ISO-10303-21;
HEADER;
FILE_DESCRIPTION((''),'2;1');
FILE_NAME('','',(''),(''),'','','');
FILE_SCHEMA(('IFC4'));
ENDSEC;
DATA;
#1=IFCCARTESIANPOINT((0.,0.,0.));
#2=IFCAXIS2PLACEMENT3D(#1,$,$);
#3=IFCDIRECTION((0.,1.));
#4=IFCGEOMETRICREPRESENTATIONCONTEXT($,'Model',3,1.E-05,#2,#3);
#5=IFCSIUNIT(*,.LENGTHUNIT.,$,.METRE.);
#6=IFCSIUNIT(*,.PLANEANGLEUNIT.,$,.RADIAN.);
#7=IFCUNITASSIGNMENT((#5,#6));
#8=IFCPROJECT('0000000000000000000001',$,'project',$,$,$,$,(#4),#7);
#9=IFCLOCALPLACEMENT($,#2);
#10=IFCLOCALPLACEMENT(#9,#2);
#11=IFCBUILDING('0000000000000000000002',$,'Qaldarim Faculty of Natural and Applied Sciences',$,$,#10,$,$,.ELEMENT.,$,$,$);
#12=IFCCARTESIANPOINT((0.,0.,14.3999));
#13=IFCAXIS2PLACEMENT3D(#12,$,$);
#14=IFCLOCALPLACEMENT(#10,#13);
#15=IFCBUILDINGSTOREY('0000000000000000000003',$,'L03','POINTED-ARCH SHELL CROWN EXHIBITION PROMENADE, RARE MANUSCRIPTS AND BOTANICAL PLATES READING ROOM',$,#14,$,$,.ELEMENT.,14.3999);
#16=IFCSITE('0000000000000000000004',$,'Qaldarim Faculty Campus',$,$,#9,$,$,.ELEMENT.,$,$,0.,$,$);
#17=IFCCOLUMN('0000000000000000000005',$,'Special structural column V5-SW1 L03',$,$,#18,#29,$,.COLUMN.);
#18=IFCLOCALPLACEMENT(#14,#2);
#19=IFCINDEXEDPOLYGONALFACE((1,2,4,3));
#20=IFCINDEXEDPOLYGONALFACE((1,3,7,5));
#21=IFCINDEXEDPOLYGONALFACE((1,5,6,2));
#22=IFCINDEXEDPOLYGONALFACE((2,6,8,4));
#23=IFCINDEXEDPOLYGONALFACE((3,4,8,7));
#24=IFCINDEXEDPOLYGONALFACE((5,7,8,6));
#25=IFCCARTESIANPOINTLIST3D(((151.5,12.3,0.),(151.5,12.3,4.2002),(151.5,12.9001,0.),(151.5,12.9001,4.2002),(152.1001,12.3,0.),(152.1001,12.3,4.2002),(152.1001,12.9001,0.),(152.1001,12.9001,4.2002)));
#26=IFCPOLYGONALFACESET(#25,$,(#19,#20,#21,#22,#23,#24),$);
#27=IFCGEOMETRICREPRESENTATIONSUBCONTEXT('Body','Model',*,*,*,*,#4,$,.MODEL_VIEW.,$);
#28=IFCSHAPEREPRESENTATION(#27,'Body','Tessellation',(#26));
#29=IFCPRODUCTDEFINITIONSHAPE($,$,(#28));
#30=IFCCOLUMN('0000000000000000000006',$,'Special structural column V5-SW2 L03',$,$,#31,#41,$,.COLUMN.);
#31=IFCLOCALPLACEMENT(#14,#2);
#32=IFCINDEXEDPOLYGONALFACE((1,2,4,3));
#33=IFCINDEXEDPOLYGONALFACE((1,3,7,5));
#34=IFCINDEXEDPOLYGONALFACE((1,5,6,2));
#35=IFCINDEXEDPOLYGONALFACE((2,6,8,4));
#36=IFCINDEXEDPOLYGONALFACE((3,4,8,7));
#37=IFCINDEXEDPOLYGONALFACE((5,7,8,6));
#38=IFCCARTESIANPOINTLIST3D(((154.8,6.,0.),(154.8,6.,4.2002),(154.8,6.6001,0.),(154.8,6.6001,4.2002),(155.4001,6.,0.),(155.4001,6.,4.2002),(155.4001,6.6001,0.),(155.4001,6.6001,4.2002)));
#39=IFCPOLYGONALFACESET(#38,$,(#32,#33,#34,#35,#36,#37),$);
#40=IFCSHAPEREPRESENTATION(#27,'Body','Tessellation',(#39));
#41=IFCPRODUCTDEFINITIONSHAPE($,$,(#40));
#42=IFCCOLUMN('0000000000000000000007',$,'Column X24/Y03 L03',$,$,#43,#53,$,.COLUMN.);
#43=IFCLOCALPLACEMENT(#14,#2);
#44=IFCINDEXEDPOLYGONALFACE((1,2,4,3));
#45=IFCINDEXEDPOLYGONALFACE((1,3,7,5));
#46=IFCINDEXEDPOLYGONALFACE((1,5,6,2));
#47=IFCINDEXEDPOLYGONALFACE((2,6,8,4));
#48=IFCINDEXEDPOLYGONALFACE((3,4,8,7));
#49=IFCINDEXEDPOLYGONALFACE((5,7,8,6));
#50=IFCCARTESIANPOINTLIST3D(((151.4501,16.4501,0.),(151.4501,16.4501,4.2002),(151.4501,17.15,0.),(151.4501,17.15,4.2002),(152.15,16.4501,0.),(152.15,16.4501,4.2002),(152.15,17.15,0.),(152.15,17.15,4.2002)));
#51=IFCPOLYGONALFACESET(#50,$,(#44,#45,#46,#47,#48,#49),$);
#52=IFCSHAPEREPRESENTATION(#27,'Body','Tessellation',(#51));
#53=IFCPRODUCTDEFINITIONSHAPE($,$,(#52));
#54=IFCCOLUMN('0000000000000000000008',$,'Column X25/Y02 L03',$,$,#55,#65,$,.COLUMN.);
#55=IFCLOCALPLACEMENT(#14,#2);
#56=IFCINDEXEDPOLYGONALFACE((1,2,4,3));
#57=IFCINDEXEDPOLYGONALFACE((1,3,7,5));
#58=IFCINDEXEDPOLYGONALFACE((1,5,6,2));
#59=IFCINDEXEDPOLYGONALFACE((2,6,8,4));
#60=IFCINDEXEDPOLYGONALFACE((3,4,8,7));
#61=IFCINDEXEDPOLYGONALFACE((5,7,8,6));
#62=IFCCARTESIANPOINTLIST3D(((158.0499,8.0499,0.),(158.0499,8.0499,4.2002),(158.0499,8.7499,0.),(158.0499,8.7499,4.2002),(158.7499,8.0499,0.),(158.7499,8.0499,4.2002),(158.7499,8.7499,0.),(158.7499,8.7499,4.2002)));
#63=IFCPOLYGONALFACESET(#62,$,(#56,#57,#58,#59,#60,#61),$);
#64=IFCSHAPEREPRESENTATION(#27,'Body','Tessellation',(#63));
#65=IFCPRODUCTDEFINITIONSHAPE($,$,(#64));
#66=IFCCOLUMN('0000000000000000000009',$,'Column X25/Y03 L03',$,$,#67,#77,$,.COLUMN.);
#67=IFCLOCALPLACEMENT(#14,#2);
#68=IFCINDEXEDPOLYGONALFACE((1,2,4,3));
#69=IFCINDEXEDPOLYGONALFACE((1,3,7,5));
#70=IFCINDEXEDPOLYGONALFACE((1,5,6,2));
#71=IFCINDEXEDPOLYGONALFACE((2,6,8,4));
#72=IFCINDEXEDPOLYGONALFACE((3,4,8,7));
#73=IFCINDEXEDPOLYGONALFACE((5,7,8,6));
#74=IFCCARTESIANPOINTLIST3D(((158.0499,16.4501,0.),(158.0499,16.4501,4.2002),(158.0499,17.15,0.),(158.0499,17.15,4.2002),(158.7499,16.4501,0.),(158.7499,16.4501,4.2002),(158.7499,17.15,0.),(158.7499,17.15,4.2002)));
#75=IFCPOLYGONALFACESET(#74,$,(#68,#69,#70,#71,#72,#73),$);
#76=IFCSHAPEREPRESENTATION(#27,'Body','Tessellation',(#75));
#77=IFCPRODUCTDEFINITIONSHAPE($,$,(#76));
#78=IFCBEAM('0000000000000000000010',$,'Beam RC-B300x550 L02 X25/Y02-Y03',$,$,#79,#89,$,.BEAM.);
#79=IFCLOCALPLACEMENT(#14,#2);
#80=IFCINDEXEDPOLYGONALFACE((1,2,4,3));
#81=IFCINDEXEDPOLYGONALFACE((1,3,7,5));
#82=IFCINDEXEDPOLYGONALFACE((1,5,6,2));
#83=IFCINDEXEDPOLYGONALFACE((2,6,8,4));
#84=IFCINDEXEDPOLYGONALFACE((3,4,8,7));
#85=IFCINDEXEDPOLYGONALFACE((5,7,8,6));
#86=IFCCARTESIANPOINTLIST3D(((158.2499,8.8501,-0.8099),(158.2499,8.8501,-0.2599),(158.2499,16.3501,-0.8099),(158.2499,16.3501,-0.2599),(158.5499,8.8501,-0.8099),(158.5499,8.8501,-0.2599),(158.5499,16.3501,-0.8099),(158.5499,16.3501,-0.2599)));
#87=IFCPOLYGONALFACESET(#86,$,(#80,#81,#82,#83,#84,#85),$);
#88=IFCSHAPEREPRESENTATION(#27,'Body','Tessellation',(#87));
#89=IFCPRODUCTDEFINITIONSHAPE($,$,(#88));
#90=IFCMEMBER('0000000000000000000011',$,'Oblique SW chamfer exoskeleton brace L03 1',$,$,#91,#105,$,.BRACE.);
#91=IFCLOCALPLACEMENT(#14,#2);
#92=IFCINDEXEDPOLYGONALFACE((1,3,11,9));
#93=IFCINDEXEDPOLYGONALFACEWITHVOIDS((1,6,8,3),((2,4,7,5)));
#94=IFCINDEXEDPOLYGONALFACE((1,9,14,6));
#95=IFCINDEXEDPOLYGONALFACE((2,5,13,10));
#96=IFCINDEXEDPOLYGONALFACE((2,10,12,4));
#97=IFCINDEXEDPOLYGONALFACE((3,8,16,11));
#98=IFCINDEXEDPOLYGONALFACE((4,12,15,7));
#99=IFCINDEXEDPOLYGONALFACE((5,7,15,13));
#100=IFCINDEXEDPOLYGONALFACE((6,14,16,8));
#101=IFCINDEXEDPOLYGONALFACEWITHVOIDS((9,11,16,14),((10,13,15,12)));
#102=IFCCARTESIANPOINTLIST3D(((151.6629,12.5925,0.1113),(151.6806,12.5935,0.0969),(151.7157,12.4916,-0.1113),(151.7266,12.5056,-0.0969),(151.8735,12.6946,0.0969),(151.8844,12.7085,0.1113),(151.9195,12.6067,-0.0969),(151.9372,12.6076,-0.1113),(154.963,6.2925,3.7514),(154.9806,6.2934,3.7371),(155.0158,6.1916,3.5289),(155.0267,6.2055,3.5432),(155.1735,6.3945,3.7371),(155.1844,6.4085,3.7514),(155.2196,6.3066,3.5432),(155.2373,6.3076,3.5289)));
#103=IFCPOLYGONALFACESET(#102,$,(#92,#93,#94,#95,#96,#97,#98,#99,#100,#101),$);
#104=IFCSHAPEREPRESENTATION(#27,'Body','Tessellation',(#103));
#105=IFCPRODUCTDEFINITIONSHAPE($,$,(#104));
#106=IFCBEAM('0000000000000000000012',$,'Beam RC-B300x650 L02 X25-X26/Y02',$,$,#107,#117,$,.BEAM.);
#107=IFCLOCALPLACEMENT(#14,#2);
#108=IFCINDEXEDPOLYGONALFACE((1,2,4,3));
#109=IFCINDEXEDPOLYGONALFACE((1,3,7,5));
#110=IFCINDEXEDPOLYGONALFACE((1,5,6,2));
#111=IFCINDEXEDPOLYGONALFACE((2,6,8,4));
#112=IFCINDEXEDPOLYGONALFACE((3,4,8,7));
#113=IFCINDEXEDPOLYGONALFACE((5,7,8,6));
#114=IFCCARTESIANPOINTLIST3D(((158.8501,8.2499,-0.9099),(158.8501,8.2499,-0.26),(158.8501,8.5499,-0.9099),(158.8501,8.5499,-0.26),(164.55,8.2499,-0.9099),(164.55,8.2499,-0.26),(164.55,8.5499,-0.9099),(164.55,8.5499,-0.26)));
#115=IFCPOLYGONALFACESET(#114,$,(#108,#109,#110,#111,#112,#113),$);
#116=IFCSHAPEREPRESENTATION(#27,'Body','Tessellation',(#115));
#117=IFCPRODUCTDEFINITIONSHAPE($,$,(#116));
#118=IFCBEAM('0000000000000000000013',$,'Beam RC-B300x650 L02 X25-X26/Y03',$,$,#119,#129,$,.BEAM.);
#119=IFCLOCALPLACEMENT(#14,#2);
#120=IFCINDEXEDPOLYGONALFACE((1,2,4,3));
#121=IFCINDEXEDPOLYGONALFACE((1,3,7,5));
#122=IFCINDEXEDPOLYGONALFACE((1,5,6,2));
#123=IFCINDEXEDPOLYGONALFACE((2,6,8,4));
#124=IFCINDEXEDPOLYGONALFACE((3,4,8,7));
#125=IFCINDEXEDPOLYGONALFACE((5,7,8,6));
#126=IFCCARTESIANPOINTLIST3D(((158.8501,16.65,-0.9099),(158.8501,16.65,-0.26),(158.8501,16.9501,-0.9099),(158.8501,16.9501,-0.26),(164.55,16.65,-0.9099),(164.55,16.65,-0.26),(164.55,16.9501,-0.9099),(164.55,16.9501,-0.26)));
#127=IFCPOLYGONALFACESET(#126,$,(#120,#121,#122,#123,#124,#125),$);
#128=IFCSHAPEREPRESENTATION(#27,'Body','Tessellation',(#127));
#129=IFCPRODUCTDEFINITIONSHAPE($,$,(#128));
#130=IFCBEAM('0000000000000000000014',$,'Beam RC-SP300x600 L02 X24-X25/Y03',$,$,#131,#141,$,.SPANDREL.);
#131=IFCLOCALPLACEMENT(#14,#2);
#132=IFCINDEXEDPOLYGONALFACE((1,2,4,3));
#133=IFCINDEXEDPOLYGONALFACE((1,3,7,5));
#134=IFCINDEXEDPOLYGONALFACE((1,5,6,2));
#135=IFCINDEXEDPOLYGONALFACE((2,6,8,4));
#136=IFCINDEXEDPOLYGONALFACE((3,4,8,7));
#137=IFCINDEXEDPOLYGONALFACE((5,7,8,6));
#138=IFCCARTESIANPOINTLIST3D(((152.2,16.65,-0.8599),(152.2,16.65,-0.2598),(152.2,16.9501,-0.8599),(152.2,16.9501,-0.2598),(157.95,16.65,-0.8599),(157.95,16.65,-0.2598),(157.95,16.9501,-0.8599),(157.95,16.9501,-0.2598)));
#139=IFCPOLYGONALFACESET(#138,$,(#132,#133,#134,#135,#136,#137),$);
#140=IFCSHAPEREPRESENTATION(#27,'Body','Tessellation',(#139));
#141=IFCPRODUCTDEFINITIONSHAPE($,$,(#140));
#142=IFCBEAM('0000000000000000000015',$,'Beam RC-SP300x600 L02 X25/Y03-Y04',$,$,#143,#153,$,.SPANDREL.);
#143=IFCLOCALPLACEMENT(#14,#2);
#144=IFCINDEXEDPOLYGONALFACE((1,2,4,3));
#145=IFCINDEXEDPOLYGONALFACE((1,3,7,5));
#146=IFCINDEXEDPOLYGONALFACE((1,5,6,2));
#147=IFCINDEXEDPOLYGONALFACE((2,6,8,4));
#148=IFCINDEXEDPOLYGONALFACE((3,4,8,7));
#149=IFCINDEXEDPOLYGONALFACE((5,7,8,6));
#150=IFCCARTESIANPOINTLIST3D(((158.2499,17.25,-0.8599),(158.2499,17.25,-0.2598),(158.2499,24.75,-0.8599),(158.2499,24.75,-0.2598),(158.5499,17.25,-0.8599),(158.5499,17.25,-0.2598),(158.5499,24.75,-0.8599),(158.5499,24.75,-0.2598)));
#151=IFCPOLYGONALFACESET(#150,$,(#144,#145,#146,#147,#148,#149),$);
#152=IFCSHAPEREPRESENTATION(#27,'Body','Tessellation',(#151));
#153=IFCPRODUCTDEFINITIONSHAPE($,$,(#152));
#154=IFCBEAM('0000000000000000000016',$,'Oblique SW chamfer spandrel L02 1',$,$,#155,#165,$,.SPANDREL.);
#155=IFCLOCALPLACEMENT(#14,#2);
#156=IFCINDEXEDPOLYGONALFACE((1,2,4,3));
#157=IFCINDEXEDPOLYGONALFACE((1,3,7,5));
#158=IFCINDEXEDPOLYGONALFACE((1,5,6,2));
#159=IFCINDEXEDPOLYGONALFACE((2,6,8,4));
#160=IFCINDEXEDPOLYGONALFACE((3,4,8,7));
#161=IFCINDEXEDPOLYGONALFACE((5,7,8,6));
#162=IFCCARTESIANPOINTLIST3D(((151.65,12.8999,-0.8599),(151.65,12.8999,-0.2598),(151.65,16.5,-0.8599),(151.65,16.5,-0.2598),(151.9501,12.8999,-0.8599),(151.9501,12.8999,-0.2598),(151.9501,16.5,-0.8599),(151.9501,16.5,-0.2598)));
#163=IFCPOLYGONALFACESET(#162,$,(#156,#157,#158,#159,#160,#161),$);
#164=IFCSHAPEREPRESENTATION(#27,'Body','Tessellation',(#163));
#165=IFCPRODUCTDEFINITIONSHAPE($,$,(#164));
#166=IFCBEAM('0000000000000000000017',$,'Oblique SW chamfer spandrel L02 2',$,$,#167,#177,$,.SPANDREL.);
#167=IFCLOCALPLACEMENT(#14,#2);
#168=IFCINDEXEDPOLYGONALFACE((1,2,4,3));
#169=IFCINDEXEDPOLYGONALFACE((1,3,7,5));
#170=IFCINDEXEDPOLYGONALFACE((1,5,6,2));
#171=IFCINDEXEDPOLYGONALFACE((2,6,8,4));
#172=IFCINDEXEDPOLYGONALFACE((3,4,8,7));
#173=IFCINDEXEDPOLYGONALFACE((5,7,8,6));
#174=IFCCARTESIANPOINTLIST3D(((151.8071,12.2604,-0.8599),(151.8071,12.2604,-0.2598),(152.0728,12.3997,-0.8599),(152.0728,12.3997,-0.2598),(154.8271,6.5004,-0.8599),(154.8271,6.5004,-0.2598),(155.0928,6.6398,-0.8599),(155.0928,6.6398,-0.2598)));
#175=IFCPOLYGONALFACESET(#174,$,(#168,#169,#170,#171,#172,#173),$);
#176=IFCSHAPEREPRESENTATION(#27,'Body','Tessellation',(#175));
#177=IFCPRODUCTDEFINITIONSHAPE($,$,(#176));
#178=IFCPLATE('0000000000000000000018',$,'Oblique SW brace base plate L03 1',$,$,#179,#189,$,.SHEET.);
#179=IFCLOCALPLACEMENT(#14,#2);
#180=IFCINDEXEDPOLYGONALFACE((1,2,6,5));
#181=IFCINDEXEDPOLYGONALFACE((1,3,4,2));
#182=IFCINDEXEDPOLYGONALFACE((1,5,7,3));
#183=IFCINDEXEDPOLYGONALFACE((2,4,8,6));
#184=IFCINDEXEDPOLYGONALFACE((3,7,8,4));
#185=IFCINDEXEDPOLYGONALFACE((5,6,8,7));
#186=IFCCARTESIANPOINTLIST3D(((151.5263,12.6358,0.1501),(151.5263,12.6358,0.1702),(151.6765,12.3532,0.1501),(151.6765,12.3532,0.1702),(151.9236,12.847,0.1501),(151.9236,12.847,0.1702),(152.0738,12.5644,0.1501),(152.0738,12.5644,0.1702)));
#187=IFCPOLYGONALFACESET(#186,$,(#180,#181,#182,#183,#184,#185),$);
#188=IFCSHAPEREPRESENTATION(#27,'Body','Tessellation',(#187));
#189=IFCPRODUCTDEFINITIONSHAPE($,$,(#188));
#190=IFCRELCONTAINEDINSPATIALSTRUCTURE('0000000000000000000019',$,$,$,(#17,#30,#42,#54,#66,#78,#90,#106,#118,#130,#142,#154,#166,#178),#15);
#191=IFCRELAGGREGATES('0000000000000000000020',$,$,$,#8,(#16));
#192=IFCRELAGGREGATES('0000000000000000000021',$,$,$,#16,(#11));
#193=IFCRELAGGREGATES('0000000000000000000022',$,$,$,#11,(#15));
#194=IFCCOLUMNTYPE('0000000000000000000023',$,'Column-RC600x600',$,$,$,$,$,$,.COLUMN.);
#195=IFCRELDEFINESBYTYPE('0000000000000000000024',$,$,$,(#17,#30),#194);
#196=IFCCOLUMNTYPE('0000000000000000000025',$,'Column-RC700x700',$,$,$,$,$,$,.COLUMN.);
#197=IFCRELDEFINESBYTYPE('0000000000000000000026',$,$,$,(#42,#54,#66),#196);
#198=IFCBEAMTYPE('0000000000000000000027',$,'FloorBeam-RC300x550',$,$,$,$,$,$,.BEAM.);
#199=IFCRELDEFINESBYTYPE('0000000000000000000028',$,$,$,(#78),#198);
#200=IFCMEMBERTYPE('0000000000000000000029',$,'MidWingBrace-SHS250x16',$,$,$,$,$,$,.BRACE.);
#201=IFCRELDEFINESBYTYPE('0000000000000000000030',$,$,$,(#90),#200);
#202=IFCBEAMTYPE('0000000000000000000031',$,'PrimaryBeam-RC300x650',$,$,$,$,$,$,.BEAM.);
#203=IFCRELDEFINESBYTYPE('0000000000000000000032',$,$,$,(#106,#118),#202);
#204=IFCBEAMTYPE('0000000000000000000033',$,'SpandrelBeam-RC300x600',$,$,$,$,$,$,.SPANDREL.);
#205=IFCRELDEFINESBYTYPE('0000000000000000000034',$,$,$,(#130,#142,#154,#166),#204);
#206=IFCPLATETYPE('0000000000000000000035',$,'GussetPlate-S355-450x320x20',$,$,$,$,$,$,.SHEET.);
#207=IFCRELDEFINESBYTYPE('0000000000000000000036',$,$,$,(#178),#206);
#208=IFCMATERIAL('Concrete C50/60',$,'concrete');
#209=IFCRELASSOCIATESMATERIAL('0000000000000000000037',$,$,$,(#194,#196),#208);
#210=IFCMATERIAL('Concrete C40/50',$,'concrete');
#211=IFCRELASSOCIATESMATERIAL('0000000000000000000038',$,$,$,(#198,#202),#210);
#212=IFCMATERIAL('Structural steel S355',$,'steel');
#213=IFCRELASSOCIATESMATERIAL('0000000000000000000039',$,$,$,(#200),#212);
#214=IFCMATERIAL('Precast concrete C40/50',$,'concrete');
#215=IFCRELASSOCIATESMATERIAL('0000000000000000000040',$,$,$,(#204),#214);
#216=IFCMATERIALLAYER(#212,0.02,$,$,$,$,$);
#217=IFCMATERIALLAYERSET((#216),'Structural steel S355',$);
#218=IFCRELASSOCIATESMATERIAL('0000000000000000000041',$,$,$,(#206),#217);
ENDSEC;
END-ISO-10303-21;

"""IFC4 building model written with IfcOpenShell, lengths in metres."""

from ifc_helpers import new_model, si_unit, direction, frame, origin, origin_2d, place, context, subcontext, project, spatial, rectangle, hollow_rectangle, extrude, material, layer, layer_set, material_profile, profile_set, type_object, element, save


model = new_model("IFC4")

# Units and contexts
model_context = context("Model", 3, precision=1e-05, world=origin(), true_north=direction((0.0, 1.0)))
body_context = subcontext(model_context, "Body", "Model", "MODEL_VIEW")
ifc_project = project(units=[si_unit("LENGTHUNIT", "METRE"), si_unit("PLANEANGLEUNIT", "RADIAN")], contexts=[model_context])

# Site, building, storey
site_placement = place(None, origin())
site = spatial("IfcSite", under=ifc_project, at=site_placement, Name="Qaldarim Faculty Campus", CompositionType="ELEMENT", RefElevation=0.0)
building_placement = place(site_placement, origin())
building = spatial("IfcBuilding", under=site, at=building_placement, Name="Qaldarim Faculty of Natural and Applied Sciences", CompositionType="ELEMENT")
storey_placement = place(building_placement, frame((0.0, 0.0, 14.3999)))
storey = spatial("IfcBuildingStorey", under=building, at=storey_placement, Name="L03", Description="POINTED-ARCH SHELL CROWN EXHIBITION PROMENADE, RARE MANUSCRIPTS AND BOTANICAL PLATES READING ROOM", CompositionType="ELEMENT", Elevation=14.3999)

# Columns
ifc_material_1 = material(Name="Concrete C50/60", Category="concrete")
ifc_material_profile_1 = material_profile(ifc_material_1, rectangle(XDim=0.6001, YDim=0.6001, at=origin_2d()), Name="RC-C600x600")
ifc_profile_set_1 = profile_set([ifc_material_profile_1], Name="Concrete C50/60")
column_type_1 = type_object("IfcColumnType", Name="Column-RC600x600", PredefinedType="COLUMN", material=ifc_profile_set_1)
for number, where, z_axis, x_axis, name in (
    (1, (151.8, 12.6001, 0.0), (0.0, 0.0, 1.0), (1.0, 0.0, 0.0), "Special structural column V5-SW1 L03"),
    (2, (155.1001, 6.3, 0.0), (0.0, 0.0, 1.0), (1.0, 0.0, 0.0), "Special structural column V5-SW2 L03"),
):
    element("IfcColumn", number, at=place(storey_placement, frame(where, z_axis=z_axis, x_axis=x_axis)), inside=storey, type_object=column_type_1, Name=name, PredefinedType="COLUMN", context=body_context, shape_type="SweptSolid", body=[
        extrude(rectangle(XDim=0.6001, YDim=0.6001, at=origin_2d()), origin(), (0.0, 0.0, 1.0), 4.2002),
    ])
ifc_material_profile_2 = material_profile(ifc_material_1, rectangle(XDim=0.7, YDim=0.7, at=origin_2d()), Name="RC-C700x700")
ifc_profile_set_2 = profile_set([ifc_material_profile_2], Name="Concrete C50/60")
column_type_2 = type_object("IfcColumnType", Name="Column-RC700x700", PredefinedType="COLUMN", material=ifc_profile_set_2)
for number, where, z_axis, x_axis, name in (
    (3, (151.8, 16.8, 0.0), (0.0, 0.0, 1.0), (1.0, 0.0, 0.0), "Column X24/Y03 L03"),
    (4, (158.3999, 8.3999, 0.0), (0.0, 0.0, 1.0), (1.0, 0.0, 0.0), "Column X25/Y02 L03"),
    (5, (158.3999, 16.8, 0.0), (0.0, 0.0, 1.0), (1.0, 0.0, 0.0), "Column X25/Y03 L03"),
):
    element("IfcColumn", number, at=place(storey_placement, frame(where, z_axis=z_axis, x_axis=x_axis)), inside=storey, type_object=column_type_2, Name=name, PredefinedType="COLUMN", context=body_context, shape_type="SweptSolid", body=[
        extrude(rectangle(XDim=0.7, YDim=0.7, at=origin_2d()), origin(), (0.0, 0.0, 1.0), 4.2002),
    ])

# Beam
ifc_material_2 = material(Name="Concrete C40/50", Category="concrete")
ifc_material_profile_3 = material_profile(ifc_material_2, rectangle(XDim=0.3, YDim=0.55, at=origin_2d()), Name="RC-B300x550")
ifc_profile_set_3 = profile_set([ifc_material_profile_3], Name="Concrete C40/50")
beam_type_1 = type_object("IfcBeamType", Name="FloorBeam-RC300x550", PredefinedType="BEAM", material=ifc_profile_set_3)
beam_1_placement = place(storey_placement, frame((158.3999, 8.8501, -0.5349), z_axis=(0.0, 1.0, 0.0), x_axis=(-1.0, 0.0, 0.0)))
element("IfcBeam", 6, at=beam_1_placement, inside=storey, type_object=beam_type_1, Name="Beam RC-B300x550 L02 X25/Y02-Y03", PredefinedType="BEAM", context=body_context, shape_type="SweptSolid", body=[
    extrude(rectangle(XDim=0.3, YDim=0.55, at=origin_2d()), origin(), (0.0, 0.0, 1.0), 7.5),
])

# Member
ifc_material_3 = material(Name="Structural steel S355", Category="steel")
ifc_material_profile_4 = material_profile(ifc_material_3, hollow_rectangle(XDim=0.25, YDim=0.25, WallThickness=0.0161, at=origin_2d()), Name="SHS 250x250x16.0")
ifc_profile_set_4 = profile_set([ifc_material_profile_4], Name="Structural steel S355")
member_type = type_object("IfcMemberType", Name="MidWingBrace-SHS250x16", PredefinedType="BRACE", material=ifc_profile_set_4)
member_placement = place(storey_placement, frame((151.8, 12.6001, 0.0), z_axis=(0.41305, -0.788545, 0.455617), x_axis=(0.88583, 0.46401, 0.0)))
element("IfcMember", 7, at=member_placement, inside=storey, type_object=member_type, Name="Oblique SW chamfer exoskeleton brace L03 1", PredefinedType="BRACE", context=body_context, shape_type="SweptSolid", body=[
    extrude(hollow_rectangle(XDim=0.25, YDim=0.25, WallThickness=0.0161, at=origin_2d()), origin(), (0.0, 0.0, 1.0), 7.9895),
])

# Beams
ifc_material_profile_5 = material_profile(ifc_material_2, rectangle(XDim=0.3, YDim=0.6499, at=origin_2d()), Name="RC-B300x650")
ifc_profile_set_5 = profile_set([ifc_material_profile_5], Name="Concrete C40/50")
beam_type_2 = type_object("IfcBeamType", Name="PrimaryBeam-RC300x650", PredefinedType="BEAM", material=ifc_profile_set_5)
for number, where, z_axis, x_axis, name in (
    (8, (158.8501, 8.3999, -0.585), (1.0, 0.0, 0.0), (0.0, 1.0, 0.0), "Beam RC-B300x650 L02 X25-X26/Y02"),
    (9, (158.8501, 16.8, -0.585), (1.0, 0.0, 0.0), (0.0, 1.0, 0.0), "Beam RC-B300x650 L02 X25-X26/Y03"),
):
    element("IfcBeam", number, at=place(storey_placement, frame(where, z_axis=z_axis, x_axis=x_axis)), inside=storey, type_object=beam_type_2, Name=name, PredefinedType="BEAM", context=body_context, shape_type="SweptSolid", body=[
        extrude(rectangle(XDim=0.3, YDim=0.6499, at=origin_2d()), origin(), (0.0, 0.0, 1.0), 5.7),
    ])
ifc_material_4 = material(Name="Precast concrete C40/50", Category="concrete")
ifc_material_profile_6 = material_profile(ifc_material_4, rectangle(XDim=0.3, YDim=0.6001, at=origin_2d()), Name="RC-SP300x600")
ifc_profile_set_6 = profile_set([ifc_material_profile_6], Name="Precast concrete C40/50")
beam_type_3 = type_object("IfcBeamType", Name="SpandrelBeam-RC300x600", PredefinedType="SPANDREL", material=ifc_profile_set_6)
beam_2_placement = place(storey_placement, frame((152.2, 16.8, -0.5598), z_axis=(1.0, 0.0, 0.0), x_axis=(0.0, 1.0, 0.0)))
element("IfcBeam", 10, at=beam_2_placement, inside=storey, type_object=beam_type_3, Name="Beam RC-SP300x600 L02 X24-X25/Y03", PredefinedType="SPANDREL", context=body_context, shape_type="SweptSolid", body=[
    extrude(rectangle(XDim=0.3, YDim=0.6001, at=origin_2d()), origin(), (0.0, 0.0, 1.0), 5.75),
])
beam_3_placement = place(storey_placement, frame((158.3999, 17.25, -0.5598), z_axis=(0.0, 1.0, 0.0), x_axis=(-1.0, 0.0, 0.0)))
element("IfcBeam", 11, at=beam_3_placement, inside=storey, type_object=beam_type_3, Name="Beam RC-SP300x600 L02 X25/Y03-Y04", PredefinedType="SPANDREL", context=body_context, shape_type="SweptSolid", body=[
    extrude(rectangle(XDim=0.3, YDim=0.6001, at=origin_2d()), origin(), (0.0, 0.0, 1.0), 7.5),
])
beam_4_placement = place(storey_placement, frame((151.8, 16.5, -0.5598), z_axis=(0.0, -1.0, 0.0), x_axis=(1.0, 0.0, 0.0)))
element("IfcBeam", 12, at=beam_4_placement, inside=storey, type_object=beam_type_3, Name="Oblique SW chamfer spandrel L02 1", PredefinedType="SPANDREL", context=body_context, shape_type="SweptSolid", body=[
    extrude(rectangle(XDim=0.3, YDim=0.6001, at=origin_2d()), origin(), (0.0, 0.0, 1.0), 3.6001),
])
beam_5_placement = place(storey_placement, frame((151.9399, 12.3301, -0.5598), z_axis=(0.464353, -0.88565, 0.0), x_axis=(0.88565, 0.464353, 0.0)))
element("IfcBeam", 13, at=beam_5_placement, inside=storey, type_object=beam_type_3, Name="Oblique SW chamfer spandrel L02 2", PredefinedType="SPANDREL", context=body_context, shape_type="SweptSolid", body=[
    extrude(rectangle(XDim=0.3, YDim=0.6001, at=origin_2d()), origin(), (0.0, 0.0, 1.0), 6.5037),
])

# Plate
ifc_layer_1 = layer(ifc_material_3, 0.02)
ifc_layer_set_1 = layer_set([ifc_layer_1], Name="Structural steel S355")
plate_type = type_object("IfcPlateType", Name="GussetPlate-S355-450x320x20", PredefinedType="SHEET", material=ifc_layer_set_1)
for number, where, z_axis, x_axis, name in (
    (14, (151.8, 12.6001, 0.1501), (0.0, 0.0, 1.0), (0.882948, 0.469472, 0.0), "Oblique SW brace base plate L03 1"),
):
    element("IfcPlate", number, at=place(storey_placement, frame(where, z_axis=z_axis, x_axis=x_axis)), inside=storey, type_object=plate_type, Name=name, PredefinedType="SHEET", context=body_context, shape_type="SweptSolid", body=[
        extrude(rectangle(XDim=0.45, YDim=0.3201, at=origin_2d()), origin(), (0.0, 0.0, 1.0), 0.02),
    ])

save(model, "model.ifc")
